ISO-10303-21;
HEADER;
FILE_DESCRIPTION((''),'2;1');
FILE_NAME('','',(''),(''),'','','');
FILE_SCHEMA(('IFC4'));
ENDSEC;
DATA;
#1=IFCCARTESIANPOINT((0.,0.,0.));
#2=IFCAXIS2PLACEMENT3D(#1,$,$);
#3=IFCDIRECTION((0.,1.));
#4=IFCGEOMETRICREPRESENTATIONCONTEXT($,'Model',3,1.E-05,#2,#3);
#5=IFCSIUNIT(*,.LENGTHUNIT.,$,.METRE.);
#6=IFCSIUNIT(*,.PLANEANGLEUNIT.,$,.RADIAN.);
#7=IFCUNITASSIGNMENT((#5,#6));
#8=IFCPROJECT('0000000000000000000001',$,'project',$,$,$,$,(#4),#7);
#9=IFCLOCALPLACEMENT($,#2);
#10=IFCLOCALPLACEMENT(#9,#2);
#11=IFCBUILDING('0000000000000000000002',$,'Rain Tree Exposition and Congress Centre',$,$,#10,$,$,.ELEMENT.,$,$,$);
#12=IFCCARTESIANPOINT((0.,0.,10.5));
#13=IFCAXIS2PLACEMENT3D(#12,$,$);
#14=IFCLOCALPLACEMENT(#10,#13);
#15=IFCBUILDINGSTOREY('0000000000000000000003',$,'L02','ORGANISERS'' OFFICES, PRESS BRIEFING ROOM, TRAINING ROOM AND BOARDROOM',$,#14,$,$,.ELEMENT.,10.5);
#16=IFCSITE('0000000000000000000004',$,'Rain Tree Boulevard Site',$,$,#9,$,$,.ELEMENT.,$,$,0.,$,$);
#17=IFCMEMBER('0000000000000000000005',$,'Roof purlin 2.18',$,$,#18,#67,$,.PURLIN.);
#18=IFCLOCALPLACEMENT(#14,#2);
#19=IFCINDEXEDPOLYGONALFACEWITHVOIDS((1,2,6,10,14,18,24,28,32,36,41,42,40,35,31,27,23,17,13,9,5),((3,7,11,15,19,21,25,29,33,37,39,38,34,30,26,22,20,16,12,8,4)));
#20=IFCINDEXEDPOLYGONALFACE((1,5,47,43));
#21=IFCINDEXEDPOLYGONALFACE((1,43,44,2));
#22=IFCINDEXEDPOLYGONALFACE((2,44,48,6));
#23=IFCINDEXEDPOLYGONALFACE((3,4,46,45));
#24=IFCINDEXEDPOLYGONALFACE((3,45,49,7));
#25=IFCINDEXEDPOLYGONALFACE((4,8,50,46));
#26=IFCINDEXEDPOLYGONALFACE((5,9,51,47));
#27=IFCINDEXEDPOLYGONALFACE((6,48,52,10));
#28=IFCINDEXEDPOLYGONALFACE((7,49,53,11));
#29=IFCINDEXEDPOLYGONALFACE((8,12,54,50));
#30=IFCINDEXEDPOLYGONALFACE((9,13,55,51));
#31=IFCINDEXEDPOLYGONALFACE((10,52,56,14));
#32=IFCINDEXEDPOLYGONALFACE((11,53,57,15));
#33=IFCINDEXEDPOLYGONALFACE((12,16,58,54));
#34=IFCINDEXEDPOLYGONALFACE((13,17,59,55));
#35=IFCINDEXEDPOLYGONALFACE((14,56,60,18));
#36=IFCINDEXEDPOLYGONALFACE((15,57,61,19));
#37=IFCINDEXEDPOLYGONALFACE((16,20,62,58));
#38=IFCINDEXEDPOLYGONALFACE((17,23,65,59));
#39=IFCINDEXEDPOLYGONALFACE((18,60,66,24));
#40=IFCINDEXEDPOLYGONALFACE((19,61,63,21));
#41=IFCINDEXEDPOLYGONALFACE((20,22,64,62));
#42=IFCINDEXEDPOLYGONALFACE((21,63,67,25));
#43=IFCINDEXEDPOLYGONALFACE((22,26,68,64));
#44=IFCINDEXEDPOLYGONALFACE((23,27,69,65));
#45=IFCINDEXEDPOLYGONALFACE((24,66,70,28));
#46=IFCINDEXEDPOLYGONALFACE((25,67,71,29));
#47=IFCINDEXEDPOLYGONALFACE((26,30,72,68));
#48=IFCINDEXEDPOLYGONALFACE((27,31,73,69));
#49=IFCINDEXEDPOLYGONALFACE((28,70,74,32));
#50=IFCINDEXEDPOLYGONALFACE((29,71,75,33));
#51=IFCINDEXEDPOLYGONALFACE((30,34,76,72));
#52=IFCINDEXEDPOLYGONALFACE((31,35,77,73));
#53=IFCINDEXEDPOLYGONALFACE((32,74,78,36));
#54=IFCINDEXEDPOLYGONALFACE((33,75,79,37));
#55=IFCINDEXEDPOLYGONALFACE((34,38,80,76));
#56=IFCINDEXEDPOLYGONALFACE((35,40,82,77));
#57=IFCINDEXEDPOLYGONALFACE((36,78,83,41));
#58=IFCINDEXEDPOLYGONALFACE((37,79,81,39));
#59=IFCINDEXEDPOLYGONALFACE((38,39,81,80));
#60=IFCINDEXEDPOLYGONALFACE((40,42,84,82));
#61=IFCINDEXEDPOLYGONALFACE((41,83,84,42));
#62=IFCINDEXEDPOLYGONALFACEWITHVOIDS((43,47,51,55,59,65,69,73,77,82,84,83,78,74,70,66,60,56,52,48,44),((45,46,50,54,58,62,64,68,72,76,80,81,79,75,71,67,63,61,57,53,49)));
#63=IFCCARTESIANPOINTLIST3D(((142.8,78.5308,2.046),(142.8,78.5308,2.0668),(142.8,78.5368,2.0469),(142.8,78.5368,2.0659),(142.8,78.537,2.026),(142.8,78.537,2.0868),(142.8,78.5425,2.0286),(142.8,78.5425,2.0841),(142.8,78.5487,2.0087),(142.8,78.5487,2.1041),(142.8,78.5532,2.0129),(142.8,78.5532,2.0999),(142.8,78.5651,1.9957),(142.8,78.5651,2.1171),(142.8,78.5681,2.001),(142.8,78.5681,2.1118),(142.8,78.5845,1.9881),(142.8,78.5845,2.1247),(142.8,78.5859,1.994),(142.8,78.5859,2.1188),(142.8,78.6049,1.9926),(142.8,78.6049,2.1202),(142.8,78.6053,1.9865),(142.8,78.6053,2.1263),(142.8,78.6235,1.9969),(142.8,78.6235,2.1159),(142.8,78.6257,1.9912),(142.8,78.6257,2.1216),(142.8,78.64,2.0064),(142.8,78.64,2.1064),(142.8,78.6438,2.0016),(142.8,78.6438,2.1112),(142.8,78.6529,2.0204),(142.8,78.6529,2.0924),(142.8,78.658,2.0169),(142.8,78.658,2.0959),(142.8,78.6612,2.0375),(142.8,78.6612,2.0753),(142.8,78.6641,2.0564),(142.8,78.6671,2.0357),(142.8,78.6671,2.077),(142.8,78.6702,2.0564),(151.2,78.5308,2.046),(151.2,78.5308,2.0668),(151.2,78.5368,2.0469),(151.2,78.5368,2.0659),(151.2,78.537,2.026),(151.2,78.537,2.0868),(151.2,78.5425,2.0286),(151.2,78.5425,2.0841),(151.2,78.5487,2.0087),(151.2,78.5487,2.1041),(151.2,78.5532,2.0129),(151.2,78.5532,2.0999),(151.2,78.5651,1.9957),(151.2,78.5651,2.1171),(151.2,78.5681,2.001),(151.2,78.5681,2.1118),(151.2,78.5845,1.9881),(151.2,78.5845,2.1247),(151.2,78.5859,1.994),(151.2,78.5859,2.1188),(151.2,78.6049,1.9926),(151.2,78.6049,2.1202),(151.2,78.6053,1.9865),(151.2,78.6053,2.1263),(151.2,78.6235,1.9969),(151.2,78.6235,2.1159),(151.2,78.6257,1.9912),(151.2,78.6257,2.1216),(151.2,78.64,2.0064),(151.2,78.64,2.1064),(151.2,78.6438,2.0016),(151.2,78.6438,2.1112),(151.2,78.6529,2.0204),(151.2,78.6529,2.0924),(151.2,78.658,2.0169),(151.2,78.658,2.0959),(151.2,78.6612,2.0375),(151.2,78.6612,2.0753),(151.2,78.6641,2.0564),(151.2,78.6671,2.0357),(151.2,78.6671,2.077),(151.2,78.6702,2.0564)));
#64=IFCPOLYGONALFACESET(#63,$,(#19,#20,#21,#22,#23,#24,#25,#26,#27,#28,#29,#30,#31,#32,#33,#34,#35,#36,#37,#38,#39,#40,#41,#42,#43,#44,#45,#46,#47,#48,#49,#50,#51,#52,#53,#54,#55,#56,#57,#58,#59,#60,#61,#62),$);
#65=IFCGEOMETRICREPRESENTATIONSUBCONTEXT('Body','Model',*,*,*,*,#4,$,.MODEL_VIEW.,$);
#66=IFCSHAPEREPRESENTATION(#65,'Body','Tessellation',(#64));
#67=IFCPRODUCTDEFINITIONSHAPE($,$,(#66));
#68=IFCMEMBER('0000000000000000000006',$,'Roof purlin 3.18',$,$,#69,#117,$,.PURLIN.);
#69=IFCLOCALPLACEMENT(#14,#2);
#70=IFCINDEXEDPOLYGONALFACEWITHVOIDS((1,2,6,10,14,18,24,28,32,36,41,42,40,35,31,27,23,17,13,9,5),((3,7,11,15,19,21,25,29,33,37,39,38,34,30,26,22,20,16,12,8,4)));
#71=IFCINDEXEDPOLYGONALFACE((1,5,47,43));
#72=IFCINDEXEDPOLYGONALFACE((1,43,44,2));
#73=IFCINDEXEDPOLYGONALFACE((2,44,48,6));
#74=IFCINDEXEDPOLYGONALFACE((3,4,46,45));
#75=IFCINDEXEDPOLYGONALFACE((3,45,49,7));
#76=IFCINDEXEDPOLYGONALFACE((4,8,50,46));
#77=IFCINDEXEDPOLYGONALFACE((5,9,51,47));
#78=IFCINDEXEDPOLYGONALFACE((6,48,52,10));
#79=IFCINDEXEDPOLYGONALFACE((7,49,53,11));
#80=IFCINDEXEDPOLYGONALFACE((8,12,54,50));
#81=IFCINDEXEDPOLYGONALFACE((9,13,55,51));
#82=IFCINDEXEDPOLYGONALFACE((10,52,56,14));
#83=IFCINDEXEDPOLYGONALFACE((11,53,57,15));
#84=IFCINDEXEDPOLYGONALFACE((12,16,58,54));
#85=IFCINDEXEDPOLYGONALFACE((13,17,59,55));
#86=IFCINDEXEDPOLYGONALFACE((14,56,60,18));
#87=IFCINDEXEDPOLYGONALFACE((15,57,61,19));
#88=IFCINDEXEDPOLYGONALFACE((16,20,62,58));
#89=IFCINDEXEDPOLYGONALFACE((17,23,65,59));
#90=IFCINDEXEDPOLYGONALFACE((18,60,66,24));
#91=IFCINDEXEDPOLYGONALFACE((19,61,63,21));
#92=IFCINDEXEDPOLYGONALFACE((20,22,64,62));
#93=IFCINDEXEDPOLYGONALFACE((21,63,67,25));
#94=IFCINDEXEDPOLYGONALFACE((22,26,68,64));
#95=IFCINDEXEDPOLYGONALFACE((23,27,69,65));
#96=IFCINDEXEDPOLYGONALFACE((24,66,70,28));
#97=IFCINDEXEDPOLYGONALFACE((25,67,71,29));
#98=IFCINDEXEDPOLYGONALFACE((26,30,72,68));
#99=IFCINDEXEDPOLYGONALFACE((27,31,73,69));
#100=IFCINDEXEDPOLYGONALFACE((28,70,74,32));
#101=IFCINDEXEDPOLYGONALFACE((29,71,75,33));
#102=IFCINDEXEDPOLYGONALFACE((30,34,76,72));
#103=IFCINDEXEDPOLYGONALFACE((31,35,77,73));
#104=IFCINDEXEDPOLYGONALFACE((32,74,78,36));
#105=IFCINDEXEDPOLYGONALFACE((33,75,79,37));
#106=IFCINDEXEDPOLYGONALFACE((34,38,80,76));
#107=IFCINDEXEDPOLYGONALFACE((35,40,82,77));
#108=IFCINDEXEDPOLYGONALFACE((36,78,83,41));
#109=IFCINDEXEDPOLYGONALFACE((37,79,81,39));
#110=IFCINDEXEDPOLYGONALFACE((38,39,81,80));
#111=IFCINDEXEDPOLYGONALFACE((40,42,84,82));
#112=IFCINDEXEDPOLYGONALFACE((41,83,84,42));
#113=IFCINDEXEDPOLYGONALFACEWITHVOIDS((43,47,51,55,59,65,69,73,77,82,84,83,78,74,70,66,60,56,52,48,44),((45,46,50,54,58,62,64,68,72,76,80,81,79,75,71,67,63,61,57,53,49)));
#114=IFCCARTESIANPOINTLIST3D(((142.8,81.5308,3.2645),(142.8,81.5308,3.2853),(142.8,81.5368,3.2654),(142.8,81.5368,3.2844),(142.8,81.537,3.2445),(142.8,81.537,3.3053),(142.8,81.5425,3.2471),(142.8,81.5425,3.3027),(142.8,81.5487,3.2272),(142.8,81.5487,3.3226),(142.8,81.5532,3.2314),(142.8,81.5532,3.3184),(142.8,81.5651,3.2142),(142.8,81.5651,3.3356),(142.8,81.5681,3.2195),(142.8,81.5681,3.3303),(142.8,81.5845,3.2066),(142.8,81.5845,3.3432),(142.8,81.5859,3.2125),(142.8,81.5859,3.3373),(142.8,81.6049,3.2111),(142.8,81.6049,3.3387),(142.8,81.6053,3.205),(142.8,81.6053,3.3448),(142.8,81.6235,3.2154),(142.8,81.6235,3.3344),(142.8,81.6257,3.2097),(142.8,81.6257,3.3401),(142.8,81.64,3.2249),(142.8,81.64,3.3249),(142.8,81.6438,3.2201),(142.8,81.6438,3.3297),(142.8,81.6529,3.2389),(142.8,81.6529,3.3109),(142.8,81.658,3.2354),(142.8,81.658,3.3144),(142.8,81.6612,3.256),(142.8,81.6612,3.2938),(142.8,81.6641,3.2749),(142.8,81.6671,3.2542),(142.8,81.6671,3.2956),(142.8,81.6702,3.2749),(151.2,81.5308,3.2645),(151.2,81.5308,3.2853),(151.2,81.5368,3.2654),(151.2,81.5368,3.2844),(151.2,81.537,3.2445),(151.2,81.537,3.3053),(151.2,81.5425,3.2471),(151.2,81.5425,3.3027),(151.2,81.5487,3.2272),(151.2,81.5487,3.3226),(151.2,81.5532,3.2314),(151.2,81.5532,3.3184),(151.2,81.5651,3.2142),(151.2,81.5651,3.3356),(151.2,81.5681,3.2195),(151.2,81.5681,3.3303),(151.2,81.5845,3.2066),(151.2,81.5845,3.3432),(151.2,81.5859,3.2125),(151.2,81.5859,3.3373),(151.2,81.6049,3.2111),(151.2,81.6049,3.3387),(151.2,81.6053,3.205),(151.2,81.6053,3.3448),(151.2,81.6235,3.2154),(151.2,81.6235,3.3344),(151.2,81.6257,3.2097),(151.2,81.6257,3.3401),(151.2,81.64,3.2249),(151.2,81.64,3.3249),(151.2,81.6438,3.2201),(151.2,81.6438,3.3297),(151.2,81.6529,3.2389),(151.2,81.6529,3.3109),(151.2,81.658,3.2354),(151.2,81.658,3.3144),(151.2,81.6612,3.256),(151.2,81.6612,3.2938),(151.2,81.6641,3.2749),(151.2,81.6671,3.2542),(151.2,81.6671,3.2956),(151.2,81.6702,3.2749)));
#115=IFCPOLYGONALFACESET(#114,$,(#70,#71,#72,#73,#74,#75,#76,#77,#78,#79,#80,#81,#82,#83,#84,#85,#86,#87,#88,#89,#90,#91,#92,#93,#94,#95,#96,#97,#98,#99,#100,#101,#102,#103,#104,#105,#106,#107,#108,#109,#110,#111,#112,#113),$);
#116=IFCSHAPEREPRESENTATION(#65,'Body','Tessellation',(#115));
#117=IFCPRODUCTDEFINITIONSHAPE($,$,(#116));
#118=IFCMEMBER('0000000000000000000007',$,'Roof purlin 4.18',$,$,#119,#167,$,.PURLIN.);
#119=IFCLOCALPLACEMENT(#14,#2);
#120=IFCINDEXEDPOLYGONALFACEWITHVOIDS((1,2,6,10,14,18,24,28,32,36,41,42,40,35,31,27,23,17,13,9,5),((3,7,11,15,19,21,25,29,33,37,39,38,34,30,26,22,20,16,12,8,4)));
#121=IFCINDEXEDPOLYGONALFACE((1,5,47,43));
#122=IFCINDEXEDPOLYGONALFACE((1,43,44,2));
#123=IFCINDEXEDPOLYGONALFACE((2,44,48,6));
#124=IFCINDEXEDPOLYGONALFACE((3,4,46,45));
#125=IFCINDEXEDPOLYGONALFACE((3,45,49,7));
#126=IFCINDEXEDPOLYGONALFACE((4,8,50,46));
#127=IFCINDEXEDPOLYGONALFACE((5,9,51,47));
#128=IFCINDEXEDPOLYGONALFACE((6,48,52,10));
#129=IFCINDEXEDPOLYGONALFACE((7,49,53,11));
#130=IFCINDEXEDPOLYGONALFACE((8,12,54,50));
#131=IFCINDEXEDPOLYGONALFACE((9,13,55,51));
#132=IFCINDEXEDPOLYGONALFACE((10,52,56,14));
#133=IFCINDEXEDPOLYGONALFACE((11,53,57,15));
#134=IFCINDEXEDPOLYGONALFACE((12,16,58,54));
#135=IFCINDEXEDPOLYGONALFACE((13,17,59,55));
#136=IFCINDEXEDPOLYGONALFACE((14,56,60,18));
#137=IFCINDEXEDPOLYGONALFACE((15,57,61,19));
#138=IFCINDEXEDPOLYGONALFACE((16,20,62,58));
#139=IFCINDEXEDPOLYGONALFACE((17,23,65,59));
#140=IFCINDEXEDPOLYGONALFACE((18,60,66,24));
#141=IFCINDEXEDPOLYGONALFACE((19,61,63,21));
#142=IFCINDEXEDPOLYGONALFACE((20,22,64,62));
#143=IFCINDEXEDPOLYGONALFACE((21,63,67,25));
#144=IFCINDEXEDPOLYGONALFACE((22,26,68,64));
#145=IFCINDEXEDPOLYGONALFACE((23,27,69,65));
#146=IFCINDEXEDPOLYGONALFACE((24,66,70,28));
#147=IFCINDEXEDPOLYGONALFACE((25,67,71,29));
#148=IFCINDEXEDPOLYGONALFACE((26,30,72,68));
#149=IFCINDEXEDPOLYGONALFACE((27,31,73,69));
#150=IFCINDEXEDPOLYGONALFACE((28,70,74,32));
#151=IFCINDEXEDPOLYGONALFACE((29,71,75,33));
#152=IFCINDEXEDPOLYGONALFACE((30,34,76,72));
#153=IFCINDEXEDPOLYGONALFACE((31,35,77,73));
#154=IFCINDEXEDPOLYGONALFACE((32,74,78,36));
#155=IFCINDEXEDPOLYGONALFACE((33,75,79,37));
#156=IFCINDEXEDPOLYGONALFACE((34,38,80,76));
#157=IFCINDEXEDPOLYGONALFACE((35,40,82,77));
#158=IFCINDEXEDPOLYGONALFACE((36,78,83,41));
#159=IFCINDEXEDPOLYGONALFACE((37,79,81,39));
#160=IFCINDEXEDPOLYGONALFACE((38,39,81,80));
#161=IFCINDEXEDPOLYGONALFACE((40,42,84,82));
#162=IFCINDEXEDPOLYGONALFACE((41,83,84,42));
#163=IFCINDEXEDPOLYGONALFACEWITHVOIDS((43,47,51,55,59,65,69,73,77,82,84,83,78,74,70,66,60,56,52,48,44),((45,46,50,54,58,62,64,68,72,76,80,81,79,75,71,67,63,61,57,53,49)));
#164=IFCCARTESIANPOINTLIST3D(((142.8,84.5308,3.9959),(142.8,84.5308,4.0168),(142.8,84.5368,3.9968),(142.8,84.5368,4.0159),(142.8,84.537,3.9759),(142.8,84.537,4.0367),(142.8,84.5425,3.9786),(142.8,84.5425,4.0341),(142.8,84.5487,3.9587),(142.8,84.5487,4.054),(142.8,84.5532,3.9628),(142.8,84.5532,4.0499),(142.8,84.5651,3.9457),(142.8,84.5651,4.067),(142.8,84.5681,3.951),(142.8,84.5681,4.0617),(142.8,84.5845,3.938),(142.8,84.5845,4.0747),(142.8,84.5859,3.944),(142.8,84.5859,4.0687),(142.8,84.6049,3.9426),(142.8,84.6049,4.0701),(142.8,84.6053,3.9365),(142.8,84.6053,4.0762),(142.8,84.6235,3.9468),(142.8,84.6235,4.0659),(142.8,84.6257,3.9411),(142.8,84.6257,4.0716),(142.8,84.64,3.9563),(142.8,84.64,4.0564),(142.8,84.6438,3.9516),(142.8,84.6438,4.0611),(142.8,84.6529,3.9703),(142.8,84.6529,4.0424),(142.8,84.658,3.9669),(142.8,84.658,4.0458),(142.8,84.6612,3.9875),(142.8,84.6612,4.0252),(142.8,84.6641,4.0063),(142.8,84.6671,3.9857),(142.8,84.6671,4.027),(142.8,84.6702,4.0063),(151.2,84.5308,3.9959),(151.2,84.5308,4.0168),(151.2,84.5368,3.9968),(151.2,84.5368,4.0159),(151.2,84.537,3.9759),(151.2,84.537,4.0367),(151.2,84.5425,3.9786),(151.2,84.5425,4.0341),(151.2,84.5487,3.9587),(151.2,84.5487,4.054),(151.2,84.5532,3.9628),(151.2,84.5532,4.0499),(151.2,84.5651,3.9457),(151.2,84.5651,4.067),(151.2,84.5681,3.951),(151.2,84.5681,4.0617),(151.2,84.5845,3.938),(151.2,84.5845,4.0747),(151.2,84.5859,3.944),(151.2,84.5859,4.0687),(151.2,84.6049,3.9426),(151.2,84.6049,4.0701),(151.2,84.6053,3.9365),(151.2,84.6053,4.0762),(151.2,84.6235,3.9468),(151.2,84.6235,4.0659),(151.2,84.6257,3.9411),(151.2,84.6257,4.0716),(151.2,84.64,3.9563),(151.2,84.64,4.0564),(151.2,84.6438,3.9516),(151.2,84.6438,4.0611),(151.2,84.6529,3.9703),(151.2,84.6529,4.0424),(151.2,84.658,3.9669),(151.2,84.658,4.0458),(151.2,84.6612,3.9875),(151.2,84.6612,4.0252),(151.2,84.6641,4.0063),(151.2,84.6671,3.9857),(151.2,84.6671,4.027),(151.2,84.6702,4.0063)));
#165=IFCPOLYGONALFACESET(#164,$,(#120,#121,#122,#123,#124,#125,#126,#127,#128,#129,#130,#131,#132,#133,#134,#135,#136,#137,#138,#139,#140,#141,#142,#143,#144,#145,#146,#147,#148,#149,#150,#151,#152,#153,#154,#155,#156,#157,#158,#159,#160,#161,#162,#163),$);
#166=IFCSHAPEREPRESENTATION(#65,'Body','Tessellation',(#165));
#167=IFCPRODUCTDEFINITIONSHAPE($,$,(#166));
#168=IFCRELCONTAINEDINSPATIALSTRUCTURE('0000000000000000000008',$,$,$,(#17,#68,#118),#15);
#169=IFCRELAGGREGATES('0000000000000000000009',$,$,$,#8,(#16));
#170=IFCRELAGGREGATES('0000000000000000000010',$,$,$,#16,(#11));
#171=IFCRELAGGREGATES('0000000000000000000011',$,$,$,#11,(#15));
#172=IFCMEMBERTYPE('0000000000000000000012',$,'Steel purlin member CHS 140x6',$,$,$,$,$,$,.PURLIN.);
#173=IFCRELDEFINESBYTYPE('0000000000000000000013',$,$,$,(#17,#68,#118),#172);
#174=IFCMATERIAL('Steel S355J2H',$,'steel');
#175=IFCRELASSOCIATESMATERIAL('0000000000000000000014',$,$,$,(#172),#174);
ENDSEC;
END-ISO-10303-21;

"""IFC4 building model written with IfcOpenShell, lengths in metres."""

from ifc_helpers import new_model, si_unit, direction, frame, origin, origin_2d, place, context, subcontext, project, spatial, hollow_circle, extrude, material, material_profile, profile_set, type_object, element, save


model = new_model("IFC4")

# Units and contexts
model_context = context("Model", 3, precision=1e-05, world=origin(), true_north=direction((0.0, 1.0)))
body_context = subcontext(model_context, "Body", "Model", "MODEL_VIEW")
ifc_project = project(units=[si_unit("LENGTHUNIT", "METRE"), si_unit("PLANEANGLEUNIT", "RADIAN")], contexts=[model_context])

# Site, building, storey
site_placement = place(None, origin())
site = spatial("IfcSite", under=ifc_project, at=site_placement, Name="Rain Tree Boulevard Site", CompositionType="ELEMENT", RefElevation=0.0)
building_placement = place(site_placement, origin())
building = spatial("IfcBuilding", under=site, at=building_placement, Name="Rain Tree Exposition and Congress Centre", CompositionType="ELEMENT")
storey_placement = place(building_placement, frame((0.0, 0.0, 10.5)))
storey = spatial("IfcBuildingStorey", under=building, at=storey_placement, Name="L02", Description="ORGANISERS' OFFICES, PRESS BRIEFING ROOM, TRAINING ROOM AND BOARDROOM", CompositionType="ELEMENT", Elevation=10.5)

# Members
ifc_material_1 = material(Name="Steel S355J2H", Category="steel")
ifc_material_profile_1 = material_profile(ifc_material_1, hollow_circle(Radius=0.0701, WallThickness=0.0061, at=origin_2d()), Name="CHS 140x6")
ifc_profile_set_1 = profile_set([ifc_material_profile_1], Name="Steel S355J2H")
member_type_1 = type_object("IfcMemberType", Name="Steel purlin member CHS 140x6", PredefinedType="PURLIN", material=ifc_profile_set_1)
for number, where, z_axis, x_axis, name in (
    (1, (142.8, 78.6001, 2.0564), (1.0, 0.0, 0.0), (0.0, 1.0, 0.0), "Roof purlin 2.18"),
    (2, (142.8, 81.6001, 3.2749), (1.0, 0.0, 0.0), (0.0, 1.0, 0.0), "Roof purlin 3.18"),
    (3, (142.8, 84.6001, 4.0063), (1.0, 0.0, 0.0), (0.0, 1.0, 0.0), "Roof purlin 4.18"),
):
    element("IfcMember", number, at=place(storey_placement, frame(where, z_axis=z_axis, x_axis=x_axis)), inside=storey, type_object=member_type_1, Name=name, PredefinedType="PURLIN", context=body_context, shape_type="SweptSolid", body=[
        extrude(hollow_circle(Radius=0.0701, WallThickness=0.0061, at=origin_2d()), origin(), (0.0, 0.0, 1.0), 8.3999),
    ])

save(model, "model.ifc")
